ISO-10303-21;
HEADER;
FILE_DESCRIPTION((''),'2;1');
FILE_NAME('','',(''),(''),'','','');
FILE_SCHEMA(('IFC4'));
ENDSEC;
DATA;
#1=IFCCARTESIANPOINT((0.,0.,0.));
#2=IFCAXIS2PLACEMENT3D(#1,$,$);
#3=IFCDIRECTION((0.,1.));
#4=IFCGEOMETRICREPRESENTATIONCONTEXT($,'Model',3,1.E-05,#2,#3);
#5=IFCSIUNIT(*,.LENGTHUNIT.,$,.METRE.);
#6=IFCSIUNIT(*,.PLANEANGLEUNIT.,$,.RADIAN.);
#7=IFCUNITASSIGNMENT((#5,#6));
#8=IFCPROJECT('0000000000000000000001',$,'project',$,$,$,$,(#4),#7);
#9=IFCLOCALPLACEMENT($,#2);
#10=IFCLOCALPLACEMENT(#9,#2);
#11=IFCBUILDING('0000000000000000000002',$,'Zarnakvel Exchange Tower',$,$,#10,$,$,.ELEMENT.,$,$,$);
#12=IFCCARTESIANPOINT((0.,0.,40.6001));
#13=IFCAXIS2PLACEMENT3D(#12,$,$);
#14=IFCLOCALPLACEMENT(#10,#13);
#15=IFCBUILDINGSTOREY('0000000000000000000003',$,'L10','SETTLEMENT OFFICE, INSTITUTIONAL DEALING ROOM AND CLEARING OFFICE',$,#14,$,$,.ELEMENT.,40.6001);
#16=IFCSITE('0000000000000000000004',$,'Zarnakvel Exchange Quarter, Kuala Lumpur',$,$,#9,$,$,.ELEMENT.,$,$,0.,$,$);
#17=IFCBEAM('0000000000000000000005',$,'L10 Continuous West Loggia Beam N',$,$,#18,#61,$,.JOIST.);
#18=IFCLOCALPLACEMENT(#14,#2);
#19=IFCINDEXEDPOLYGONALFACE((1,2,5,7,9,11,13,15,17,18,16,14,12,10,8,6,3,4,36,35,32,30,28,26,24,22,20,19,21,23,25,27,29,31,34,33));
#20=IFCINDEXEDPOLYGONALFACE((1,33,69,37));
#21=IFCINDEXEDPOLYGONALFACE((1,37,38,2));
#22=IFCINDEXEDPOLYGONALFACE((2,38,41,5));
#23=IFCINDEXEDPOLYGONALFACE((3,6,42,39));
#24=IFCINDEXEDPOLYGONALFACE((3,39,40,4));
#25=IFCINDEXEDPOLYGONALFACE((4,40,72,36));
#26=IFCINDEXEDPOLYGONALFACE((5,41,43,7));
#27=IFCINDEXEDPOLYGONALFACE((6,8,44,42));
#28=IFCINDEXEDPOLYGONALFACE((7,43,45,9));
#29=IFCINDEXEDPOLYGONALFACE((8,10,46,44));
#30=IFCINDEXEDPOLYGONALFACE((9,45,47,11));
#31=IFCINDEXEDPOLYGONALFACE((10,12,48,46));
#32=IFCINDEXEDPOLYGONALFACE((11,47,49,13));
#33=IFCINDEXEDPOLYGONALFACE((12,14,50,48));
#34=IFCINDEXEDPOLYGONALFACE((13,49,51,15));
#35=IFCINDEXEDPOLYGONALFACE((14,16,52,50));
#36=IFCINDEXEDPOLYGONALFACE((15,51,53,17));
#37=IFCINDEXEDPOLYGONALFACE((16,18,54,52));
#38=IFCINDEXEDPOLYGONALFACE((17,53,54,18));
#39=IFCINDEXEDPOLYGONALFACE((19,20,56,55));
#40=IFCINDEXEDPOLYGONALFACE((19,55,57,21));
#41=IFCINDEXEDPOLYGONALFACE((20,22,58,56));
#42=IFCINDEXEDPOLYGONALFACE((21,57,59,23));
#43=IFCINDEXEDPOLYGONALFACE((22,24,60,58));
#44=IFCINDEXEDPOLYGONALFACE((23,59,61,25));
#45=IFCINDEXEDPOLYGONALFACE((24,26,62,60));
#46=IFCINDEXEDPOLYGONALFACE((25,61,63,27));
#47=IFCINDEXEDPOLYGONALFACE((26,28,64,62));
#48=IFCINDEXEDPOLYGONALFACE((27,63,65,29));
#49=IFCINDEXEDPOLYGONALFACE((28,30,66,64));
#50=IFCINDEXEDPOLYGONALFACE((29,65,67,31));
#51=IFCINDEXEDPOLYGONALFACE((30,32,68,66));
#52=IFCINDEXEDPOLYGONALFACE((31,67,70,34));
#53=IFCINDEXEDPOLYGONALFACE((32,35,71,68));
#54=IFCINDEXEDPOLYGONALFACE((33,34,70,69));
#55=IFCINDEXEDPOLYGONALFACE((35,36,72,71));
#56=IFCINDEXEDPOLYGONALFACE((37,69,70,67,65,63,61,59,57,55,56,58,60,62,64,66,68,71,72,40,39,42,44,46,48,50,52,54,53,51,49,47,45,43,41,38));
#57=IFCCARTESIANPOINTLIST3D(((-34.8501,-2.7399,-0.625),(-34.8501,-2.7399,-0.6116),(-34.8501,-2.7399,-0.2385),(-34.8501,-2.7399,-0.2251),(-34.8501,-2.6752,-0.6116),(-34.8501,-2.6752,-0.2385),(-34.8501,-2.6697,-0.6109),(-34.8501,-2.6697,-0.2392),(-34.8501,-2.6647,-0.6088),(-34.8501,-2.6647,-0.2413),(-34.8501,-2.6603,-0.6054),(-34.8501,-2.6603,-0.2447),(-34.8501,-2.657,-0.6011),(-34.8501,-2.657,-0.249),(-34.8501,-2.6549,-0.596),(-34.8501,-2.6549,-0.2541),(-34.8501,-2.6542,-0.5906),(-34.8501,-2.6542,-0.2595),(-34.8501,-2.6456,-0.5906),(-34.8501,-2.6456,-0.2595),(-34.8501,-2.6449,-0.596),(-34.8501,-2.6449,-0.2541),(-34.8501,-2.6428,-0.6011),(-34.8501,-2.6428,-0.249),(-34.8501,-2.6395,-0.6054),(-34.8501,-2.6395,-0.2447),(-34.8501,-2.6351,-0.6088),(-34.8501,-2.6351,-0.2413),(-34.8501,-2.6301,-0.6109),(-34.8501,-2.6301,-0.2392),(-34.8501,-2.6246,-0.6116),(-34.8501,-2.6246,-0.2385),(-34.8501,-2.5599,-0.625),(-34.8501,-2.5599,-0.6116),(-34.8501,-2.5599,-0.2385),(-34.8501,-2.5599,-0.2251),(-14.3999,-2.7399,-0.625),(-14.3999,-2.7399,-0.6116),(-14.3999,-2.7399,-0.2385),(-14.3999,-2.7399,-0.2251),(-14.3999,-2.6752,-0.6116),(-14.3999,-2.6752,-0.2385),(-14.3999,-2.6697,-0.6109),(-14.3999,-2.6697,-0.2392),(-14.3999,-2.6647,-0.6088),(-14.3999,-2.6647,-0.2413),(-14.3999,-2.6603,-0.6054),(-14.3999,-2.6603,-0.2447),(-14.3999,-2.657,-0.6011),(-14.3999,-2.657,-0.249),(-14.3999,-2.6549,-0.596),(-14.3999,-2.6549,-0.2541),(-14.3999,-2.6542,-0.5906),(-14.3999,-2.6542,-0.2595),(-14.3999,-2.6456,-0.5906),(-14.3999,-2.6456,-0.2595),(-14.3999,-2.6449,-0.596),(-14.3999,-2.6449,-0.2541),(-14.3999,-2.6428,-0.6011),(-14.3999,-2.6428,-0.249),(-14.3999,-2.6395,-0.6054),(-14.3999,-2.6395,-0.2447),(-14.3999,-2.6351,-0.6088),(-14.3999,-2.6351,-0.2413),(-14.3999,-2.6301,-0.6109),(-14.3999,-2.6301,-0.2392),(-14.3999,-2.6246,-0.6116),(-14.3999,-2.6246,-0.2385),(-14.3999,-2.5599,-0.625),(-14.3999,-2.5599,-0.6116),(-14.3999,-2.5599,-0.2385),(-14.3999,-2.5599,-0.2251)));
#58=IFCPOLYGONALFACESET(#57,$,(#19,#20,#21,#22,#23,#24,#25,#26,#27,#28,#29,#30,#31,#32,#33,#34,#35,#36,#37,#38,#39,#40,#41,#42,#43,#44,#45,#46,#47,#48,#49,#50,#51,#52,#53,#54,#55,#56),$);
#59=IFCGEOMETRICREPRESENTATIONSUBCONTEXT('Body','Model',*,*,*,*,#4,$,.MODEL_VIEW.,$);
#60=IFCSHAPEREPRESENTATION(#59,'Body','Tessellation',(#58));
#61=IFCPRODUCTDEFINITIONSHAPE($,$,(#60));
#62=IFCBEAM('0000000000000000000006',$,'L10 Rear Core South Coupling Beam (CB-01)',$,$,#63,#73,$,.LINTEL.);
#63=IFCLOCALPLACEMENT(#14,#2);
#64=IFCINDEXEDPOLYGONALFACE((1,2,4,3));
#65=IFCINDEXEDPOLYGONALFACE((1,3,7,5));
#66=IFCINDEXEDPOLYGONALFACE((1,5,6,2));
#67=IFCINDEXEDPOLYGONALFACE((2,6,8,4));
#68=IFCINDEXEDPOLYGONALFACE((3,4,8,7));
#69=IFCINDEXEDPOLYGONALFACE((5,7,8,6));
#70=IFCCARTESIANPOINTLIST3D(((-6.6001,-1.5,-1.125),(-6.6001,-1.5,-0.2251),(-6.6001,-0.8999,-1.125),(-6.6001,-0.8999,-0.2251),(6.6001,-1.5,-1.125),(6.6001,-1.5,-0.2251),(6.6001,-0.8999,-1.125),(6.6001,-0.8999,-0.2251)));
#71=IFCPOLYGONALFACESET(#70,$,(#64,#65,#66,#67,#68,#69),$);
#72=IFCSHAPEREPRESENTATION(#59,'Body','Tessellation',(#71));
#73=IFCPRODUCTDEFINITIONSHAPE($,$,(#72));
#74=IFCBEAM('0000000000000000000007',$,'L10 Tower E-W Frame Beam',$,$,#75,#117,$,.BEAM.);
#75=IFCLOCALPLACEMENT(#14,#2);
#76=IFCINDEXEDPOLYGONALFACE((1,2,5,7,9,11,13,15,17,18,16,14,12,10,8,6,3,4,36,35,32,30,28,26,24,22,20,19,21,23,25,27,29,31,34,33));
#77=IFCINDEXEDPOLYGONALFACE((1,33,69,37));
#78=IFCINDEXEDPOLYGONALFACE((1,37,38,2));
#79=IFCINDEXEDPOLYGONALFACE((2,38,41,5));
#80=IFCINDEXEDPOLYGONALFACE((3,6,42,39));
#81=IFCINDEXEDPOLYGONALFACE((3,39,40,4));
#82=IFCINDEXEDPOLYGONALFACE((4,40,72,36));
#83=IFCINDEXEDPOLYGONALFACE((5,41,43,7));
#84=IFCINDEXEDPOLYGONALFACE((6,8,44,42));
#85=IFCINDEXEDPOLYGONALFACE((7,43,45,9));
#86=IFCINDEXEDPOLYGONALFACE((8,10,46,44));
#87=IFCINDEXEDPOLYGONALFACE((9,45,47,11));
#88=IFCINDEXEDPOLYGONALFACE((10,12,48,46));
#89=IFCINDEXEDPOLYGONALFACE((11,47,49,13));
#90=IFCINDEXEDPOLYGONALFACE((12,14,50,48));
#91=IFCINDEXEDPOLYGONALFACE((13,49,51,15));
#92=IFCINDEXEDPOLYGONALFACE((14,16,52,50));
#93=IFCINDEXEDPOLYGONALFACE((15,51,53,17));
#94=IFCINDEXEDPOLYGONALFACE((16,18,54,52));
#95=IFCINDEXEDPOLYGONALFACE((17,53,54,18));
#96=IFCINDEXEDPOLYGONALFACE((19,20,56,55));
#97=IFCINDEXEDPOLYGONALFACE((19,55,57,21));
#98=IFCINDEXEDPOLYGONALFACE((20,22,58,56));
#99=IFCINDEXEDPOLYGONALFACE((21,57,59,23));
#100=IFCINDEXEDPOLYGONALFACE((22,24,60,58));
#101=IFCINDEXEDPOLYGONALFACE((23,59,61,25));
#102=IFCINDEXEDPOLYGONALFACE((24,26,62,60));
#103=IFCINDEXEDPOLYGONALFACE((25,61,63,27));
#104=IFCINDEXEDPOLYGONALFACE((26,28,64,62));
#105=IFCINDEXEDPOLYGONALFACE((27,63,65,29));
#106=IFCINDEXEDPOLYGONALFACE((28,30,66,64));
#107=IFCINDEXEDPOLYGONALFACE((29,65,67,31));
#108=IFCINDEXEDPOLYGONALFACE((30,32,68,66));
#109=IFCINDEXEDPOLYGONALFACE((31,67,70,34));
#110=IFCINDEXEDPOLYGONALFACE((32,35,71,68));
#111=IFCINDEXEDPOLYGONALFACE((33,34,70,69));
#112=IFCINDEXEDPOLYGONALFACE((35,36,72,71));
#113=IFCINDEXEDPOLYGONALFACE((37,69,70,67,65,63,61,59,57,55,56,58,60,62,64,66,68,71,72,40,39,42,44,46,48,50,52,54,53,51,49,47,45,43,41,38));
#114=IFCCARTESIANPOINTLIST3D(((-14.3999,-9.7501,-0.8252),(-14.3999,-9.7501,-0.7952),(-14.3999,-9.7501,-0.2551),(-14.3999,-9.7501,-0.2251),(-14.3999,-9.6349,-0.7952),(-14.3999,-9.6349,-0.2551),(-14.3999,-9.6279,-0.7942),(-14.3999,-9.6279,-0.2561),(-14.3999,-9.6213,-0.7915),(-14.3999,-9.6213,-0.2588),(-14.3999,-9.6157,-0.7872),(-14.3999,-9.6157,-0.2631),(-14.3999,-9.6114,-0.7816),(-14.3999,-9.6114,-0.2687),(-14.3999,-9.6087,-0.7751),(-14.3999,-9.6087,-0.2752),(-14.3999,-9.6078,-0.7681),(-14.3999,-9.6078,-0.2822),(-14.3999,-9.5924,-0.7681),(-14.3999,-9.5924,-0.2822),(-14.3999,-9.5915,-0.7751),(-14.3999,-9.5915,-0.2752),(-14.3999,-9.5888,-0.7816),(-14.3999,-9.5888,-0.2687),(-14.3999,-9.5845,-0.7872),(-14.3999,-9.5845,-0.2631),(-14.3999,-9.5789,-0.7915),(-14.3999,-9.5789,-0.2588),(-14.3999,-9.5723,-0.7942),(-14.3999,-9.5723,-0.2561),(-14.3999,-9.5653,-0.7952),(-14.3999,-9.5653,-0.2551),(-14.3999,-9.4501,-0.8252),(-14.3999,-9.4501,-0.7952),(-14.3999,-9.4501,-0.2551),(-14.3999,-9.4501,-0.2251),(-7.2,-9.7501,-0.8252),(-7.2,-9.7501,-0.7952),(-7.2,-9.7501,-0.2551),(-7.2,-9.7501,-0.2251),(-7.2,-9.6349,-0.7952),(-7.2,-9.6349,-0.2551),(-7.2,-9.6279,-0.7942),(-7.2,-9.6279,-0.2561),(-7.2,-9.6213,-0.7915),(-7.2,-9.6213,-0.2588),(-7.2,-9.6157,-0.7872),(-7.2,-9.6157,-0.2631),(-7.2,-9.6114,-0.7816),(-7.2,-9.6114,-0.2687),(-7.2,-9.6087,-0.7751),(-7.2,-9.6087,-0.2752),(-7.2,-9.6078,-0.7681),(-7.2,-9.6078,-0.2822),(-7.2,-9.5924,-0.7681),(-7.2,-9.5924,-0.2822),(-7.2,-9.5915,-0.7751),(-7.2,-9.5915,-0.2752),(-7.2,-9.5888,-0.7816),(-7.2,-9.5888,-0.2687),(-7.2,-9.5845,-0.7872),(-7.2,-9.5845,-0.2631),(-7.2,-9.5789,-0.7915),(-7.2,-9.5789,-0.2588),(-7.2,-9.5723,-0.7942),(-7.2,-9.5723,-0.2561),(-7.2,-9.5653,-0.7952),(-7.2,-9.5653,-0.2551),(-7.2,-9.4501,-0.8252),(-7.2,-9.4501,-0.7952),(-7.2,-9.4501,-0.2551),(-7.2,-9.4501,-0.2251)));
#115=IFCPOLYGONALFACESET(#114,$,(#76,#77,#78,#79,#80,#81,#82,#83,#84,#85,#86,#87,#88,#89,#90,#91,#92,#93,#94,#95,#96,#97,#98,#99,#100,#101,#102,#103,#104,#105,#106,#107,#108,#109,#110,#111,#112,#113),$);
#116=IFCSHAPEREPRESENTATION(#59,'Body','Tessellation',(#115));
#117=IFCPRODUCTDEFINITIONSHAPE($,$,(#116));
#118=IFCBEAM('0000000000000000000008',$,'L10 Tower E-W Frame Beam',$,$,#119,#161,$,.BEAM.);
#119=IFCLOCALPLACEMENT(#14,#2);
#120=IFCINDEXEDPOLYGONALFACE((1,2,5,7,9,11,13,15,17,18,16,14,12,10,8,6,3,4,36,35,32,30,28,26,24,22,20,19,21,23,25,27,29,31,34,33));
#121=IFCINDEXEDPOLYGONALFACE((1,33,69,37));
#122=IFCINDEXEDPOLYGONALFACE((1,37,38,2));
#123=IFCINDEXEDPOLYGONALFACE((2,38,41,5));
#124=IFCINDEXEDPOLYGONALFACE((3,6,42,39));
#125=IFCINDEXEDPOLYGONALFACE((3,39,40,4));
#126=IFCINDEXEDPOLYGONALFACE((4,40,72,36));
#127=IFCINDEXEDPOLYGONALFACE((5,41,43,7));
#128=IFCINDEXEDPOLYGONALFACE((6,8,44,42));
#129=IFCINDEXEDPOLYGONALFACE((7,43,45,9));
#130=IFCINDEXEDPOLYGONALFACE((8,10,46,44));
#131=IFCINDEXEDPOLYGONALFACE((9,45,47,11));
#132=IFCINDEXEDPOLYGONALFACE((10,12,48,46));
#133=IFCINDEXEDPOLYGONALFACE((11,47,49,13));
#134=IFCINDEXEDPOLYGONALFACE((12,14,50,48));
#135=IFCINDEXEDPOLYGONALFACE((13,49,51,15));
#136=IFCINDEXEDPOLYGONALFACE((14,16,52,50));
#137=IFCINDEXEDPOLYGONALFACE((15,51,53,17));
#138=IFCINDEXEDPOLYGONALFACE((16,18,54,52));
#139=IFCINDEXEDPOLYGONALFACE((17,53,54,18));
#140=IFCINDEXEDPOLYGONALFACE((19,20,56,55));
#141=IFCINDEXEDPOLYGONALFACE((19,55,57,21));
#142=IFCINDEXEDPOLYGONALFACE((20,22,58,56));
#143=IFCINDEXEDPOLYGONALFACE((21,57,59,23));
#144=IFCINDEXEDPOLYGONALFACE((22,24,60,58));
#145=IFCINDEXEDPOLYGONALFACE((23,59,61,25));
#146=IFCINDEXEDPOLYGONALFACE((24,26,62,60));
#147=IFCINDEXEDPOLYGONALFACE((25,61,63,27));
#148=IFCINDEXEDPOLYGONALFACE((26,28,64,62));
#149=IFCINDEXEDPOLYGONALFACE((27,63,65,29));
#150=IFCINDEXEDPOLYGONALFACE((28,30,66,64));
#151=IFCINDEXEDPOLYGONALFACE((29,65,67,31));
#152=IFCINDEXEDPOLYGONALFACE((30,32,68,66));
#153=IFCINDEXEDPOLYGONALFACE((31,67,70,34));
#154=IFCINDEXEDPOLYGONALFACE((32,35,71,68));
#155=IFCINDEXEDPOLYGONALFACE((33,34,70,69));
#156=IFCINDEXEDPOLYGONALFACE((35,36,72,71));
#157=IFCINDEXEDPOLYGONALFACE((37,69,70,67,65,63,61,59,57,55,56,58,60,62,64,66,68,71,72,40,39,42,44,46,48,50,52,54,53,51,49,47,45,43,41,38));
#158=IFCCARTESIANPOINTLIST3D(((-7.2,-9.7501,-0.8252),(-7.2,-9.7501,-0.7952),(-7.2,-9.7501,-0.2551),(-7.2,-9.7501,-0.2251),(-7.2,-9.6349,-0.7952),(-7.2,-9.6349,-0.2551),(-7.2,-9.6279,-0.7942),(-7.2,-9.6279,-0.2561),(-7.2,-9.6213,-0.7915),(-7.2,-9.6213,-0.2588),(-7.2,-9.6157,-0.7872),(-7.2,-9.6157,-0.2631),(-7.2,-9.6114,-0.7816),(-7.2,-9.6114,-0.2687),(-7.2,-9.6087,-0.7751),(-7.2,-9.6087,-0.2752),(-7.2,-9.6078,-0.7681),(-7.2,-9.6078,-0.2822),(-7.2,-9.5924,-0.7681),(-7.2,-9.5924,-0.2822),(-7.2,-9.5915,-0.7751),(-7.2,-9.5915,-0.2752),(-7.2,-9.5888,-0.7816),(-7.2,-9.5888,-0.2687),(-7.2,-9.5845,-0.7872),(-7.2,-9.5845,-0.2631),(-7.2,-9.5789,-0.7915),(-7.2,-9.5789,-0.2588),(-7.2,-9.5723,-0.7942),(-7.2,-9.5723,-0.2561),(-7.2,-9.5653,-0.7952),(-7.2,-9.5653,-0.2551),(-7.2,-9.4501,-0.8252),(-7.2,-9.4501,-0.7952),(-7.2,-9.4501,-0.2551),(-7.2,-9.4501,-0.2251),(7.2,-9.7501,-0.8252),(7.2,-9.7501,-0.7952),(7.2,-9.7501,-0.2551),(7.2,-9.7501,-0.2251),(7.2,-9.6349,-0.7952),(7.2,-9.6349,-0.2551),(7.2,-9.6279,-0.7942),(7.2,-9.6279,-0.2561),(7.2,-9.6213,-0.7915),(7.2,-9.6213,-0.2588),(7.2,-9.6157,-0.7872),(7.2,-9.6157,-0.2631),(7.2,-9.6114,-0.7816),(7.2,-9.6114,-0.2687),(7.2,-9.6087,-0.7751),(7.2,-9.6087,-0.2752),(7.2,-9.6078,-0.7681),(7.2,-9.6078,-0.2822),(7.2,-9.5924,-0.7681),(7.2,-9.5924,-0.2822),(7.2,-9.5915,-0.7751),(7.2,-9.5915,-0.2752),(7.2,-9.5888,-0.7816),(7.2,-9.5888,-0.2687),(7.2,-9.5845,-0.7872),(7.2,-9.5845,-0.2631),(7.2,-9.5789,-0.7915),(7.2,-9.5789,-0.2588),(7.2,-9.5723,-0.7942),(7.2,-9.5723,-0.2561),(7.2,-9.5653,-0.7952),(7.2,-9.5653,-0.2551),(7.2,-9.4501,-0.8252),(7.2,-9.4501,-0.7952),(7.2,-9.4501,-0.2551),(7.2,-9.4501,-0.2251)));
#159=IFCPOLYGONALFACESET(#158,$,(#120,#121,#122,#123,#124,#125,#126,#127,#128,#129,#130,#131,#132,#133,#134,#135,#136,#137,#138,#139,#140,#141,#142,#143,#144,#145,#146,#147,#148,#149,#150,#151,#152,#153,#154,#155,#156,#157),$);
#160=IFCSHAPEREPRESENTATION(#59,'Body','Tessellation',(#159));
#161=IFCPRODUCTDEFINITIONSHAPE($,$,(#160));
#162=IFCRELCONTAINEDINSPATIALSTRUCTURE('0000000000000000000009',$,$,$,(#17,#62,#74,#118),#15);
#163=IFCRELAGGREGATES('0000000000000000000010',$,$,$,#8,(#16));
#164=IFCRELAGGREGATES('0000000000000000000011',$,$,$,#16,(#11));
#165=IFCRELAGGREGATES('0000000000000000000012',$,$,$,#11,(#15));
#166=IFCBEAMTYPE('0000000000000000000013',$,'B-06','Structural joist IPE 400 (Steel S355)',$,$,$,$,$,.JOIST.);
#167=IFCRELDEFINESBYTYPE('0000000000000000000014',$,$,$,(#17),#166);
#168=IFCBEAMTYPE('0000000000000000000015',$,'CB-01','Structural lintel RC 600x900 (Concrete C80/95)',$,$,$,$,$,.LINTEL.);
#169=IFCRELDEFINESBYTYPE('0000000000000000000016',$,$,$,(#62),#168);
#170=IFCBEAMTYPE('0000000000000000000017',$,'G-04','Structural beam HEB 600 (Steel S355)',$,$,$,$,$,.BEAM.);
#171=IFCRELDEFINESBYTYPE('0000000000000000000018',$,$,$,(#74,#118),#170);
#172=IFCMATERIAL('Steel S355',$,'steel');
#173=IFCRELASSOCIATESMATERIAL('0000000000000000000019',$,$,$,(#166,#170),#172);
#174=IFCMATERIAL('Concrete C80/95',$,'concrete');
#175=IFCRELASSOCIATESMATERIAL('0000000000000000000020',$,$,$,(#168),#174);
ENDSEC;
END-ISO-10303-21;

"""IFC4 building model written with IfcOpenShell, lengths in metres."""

from ifc_helpers import new_model, si_unit, direction, frame, origin, origin_2d, place, context, subcontext, project, spatial, rectangle, i_section, extrude, material, material_profile, profile_set, type_object, element, save


model = new_model("IFC4")

# Units and contexts
model_context = context("Model", 3, precision=1e-05, world=origin(), true_north=direction((0.0, 1.0)))
body_context = subcontext(model_context, "Body", "Model", "MODEL_VIEW")
ifc_project = project(units=[si_unit("LENGTHUNIT", "METRE"), si_unit("PLANEANGLEUNIT", "RADIAN")], contexts=[model_context])

# Site, building, storey
site_placement = place(None, origin())
site = spatial("IfcSite", under=ifc_project, at=site_placement, Name="Zarnakvel Exchange Quarter, Kuala Lumpur", CompositionType="ELEMENT", RefElevation=0.0)
building_placement = place(site_placement, origin())
building = spatial("IfcBuilding", under=site, at=building_placement, Name="Zarnakvel Exchange Tower", CompositionType="ELEMENT")
storey_placement = place(building_placement, frame((0.0, 0.0, 40.6001)))
storey = spatial("IfcBuildingStorey", under=building, at=storey_placement, Name="L10", Description="SETTLEMENT OFFICE, INSTITUTIONAL DEALING ROOM AND CLEARING OFFICE", CompositionType="ELEMENT", Elevation=40.6001)

# Shared definitions
ifc_material_1 = material(Name="Concrete C80/95", Category="concrete")

# Beams
ifc_material_2 = material(Name="Steel S355", Category="steel")
ifc_material_profile_1 = material_profile(ifc_material_2, i_section(OverallWidth=0.1799, OverallDepth=0.3999, WebThickness=0.0085, FlangeThickness=0.0134, FilletRadius=0.021, at=origin_2d()))
ifc_profile_set_1 = profile_set([ifc_material_profile_1], Name="Steel S355")
beam_type_1 = type_object("IfcBeamType", Name="B-06", Description="Structural joist IPE 400 (Steel S355)", PredefinedType="JOIST", material=ifc_profile_set_1)
for number, where, z_axis, x_axis, name in (
    (1, (-14.3999, -2.6499, -0.425), (-1.0, 0.0, 0.0), (0.0, -1.0, 0.0), "L10 Continuous West Loggia Beam N"),
):
    element("IfcBeam", number, at=place(storey_placement, frame(where, z_axis=z_axis, x_axis=x_axis)), inside=storey, type_object=beam_type_1, Name=name, PredefinedType="JOIST", context=body_context, shape_type="SweptSolid", body=[
        extrude(i_section(OverallWidth=0.1799, OverallDepth=0.3999, WebThickness=0.0085, FlangeThickness=0.0134, FilletRadius=0.021, at=origin_2d()), origin(), (0.0, 0.0, 1.0), 20.4502),
    ])
ifc_material_profile_2 = material_profile(ifc_material_1, rectangle(XDim=0.6001, YDim=0.8999, at=origin_2d()))
ifc_profile_set_2 = profile_set([ifc_material_profile_2], Name="Concrete C80/95")
beam_type_2 = type_object("IfcBeamType", Name="CB-01", Description="Structural lintel RC 600x900 (Concrete C80/95)", PredefinedType="LINTEL", material=ifc_profile_set_2)
beam_1_placement = place(storey_placement, frame((-6.6001, -1.2, -0.675), z_axis=(1.0, 0.0, 0.0), x_axis=(0.0, 1.0, 0.0)))
element("IfcBeam", 2, at=beam_1_placement, inside=storey, type_object=beam_type_2, Name="L10 Rear Core South Coupling Beam (CB-01)", PredefinedType="LINTEL", context=body_context, shape_type="SweptSolid", body=[
    extrude(rectangle(XDim=0.6001, YDim=0.8999, at=origin_2d()), origin(), (0.0, 0.0, 1.0), 13.2002),
])
ifc_material_profile_3 = material_profile(ifc_material_2, i_section(OverallWidth=0.3, OverallDepth=0.6001, WebThickness=0.0154, FlangeThickness=0.03, FilletRadius=0.0271, at=origin_2d()))
ifc_profile_set_3 = profile_set([ifc_material_profile_3], Name="Steel S355")
beam_type_3 = type_object("IfcBeamType", Name="G-04", Description="Structural beam HEB 600 (Steel S355)", PredefinedType="BEAM", material=ifc_profile_set_3)
beam_2_placement = place(storey_placement, frame((-14.3999, -9.6001, -0.5251), z_axis=(1.0, 0.0, 0.0), x_axis=(0.0, 1.0, 0.0)))
element("IfcBeam", 3, at=beam_2_placement, inside=storey, type_object=beam_type_3, Name="L10 Tower E-W Frame Beam", PredefinedType="BEAM", context=body_context, shape_type="SweptSolid", body=[
    extrude(i_section(OverallWidth=0.3, OverallDepth=0.6001, WebThickness=0.0154, FlangeThickness=0.03, FilletRadius=0.0271, at=origin_2d()), origin(), (0.0, 0.0, 1.0), 7.2),
])
beam_3_placement = place(storey_placement, frame((-7.2, -9.6001, -0.5251), z_axis=(1.0, 0.0, 0.0), x_axis=(0.0, 1.0, 0.0)))
element("IfcBeam", 4, at=beam_3_placement, inside=storey, type_object=beam_type_3, Name="L10 Tower E-W Frame Beam", PredefinedType="BEAM", context=body_context, shape_type="SweptSolid", body=[
    extrude(i_section(OverallWidth=0.3, OverallDepth=0.6001, WebThickness=0.0154, FlangeThickness=0.03, FilletRadius=0.0271, at=origin_2d()), origin(), (0.0, 0.0, 1.0), 14.3999),
])

save(model, "model.ifc")
